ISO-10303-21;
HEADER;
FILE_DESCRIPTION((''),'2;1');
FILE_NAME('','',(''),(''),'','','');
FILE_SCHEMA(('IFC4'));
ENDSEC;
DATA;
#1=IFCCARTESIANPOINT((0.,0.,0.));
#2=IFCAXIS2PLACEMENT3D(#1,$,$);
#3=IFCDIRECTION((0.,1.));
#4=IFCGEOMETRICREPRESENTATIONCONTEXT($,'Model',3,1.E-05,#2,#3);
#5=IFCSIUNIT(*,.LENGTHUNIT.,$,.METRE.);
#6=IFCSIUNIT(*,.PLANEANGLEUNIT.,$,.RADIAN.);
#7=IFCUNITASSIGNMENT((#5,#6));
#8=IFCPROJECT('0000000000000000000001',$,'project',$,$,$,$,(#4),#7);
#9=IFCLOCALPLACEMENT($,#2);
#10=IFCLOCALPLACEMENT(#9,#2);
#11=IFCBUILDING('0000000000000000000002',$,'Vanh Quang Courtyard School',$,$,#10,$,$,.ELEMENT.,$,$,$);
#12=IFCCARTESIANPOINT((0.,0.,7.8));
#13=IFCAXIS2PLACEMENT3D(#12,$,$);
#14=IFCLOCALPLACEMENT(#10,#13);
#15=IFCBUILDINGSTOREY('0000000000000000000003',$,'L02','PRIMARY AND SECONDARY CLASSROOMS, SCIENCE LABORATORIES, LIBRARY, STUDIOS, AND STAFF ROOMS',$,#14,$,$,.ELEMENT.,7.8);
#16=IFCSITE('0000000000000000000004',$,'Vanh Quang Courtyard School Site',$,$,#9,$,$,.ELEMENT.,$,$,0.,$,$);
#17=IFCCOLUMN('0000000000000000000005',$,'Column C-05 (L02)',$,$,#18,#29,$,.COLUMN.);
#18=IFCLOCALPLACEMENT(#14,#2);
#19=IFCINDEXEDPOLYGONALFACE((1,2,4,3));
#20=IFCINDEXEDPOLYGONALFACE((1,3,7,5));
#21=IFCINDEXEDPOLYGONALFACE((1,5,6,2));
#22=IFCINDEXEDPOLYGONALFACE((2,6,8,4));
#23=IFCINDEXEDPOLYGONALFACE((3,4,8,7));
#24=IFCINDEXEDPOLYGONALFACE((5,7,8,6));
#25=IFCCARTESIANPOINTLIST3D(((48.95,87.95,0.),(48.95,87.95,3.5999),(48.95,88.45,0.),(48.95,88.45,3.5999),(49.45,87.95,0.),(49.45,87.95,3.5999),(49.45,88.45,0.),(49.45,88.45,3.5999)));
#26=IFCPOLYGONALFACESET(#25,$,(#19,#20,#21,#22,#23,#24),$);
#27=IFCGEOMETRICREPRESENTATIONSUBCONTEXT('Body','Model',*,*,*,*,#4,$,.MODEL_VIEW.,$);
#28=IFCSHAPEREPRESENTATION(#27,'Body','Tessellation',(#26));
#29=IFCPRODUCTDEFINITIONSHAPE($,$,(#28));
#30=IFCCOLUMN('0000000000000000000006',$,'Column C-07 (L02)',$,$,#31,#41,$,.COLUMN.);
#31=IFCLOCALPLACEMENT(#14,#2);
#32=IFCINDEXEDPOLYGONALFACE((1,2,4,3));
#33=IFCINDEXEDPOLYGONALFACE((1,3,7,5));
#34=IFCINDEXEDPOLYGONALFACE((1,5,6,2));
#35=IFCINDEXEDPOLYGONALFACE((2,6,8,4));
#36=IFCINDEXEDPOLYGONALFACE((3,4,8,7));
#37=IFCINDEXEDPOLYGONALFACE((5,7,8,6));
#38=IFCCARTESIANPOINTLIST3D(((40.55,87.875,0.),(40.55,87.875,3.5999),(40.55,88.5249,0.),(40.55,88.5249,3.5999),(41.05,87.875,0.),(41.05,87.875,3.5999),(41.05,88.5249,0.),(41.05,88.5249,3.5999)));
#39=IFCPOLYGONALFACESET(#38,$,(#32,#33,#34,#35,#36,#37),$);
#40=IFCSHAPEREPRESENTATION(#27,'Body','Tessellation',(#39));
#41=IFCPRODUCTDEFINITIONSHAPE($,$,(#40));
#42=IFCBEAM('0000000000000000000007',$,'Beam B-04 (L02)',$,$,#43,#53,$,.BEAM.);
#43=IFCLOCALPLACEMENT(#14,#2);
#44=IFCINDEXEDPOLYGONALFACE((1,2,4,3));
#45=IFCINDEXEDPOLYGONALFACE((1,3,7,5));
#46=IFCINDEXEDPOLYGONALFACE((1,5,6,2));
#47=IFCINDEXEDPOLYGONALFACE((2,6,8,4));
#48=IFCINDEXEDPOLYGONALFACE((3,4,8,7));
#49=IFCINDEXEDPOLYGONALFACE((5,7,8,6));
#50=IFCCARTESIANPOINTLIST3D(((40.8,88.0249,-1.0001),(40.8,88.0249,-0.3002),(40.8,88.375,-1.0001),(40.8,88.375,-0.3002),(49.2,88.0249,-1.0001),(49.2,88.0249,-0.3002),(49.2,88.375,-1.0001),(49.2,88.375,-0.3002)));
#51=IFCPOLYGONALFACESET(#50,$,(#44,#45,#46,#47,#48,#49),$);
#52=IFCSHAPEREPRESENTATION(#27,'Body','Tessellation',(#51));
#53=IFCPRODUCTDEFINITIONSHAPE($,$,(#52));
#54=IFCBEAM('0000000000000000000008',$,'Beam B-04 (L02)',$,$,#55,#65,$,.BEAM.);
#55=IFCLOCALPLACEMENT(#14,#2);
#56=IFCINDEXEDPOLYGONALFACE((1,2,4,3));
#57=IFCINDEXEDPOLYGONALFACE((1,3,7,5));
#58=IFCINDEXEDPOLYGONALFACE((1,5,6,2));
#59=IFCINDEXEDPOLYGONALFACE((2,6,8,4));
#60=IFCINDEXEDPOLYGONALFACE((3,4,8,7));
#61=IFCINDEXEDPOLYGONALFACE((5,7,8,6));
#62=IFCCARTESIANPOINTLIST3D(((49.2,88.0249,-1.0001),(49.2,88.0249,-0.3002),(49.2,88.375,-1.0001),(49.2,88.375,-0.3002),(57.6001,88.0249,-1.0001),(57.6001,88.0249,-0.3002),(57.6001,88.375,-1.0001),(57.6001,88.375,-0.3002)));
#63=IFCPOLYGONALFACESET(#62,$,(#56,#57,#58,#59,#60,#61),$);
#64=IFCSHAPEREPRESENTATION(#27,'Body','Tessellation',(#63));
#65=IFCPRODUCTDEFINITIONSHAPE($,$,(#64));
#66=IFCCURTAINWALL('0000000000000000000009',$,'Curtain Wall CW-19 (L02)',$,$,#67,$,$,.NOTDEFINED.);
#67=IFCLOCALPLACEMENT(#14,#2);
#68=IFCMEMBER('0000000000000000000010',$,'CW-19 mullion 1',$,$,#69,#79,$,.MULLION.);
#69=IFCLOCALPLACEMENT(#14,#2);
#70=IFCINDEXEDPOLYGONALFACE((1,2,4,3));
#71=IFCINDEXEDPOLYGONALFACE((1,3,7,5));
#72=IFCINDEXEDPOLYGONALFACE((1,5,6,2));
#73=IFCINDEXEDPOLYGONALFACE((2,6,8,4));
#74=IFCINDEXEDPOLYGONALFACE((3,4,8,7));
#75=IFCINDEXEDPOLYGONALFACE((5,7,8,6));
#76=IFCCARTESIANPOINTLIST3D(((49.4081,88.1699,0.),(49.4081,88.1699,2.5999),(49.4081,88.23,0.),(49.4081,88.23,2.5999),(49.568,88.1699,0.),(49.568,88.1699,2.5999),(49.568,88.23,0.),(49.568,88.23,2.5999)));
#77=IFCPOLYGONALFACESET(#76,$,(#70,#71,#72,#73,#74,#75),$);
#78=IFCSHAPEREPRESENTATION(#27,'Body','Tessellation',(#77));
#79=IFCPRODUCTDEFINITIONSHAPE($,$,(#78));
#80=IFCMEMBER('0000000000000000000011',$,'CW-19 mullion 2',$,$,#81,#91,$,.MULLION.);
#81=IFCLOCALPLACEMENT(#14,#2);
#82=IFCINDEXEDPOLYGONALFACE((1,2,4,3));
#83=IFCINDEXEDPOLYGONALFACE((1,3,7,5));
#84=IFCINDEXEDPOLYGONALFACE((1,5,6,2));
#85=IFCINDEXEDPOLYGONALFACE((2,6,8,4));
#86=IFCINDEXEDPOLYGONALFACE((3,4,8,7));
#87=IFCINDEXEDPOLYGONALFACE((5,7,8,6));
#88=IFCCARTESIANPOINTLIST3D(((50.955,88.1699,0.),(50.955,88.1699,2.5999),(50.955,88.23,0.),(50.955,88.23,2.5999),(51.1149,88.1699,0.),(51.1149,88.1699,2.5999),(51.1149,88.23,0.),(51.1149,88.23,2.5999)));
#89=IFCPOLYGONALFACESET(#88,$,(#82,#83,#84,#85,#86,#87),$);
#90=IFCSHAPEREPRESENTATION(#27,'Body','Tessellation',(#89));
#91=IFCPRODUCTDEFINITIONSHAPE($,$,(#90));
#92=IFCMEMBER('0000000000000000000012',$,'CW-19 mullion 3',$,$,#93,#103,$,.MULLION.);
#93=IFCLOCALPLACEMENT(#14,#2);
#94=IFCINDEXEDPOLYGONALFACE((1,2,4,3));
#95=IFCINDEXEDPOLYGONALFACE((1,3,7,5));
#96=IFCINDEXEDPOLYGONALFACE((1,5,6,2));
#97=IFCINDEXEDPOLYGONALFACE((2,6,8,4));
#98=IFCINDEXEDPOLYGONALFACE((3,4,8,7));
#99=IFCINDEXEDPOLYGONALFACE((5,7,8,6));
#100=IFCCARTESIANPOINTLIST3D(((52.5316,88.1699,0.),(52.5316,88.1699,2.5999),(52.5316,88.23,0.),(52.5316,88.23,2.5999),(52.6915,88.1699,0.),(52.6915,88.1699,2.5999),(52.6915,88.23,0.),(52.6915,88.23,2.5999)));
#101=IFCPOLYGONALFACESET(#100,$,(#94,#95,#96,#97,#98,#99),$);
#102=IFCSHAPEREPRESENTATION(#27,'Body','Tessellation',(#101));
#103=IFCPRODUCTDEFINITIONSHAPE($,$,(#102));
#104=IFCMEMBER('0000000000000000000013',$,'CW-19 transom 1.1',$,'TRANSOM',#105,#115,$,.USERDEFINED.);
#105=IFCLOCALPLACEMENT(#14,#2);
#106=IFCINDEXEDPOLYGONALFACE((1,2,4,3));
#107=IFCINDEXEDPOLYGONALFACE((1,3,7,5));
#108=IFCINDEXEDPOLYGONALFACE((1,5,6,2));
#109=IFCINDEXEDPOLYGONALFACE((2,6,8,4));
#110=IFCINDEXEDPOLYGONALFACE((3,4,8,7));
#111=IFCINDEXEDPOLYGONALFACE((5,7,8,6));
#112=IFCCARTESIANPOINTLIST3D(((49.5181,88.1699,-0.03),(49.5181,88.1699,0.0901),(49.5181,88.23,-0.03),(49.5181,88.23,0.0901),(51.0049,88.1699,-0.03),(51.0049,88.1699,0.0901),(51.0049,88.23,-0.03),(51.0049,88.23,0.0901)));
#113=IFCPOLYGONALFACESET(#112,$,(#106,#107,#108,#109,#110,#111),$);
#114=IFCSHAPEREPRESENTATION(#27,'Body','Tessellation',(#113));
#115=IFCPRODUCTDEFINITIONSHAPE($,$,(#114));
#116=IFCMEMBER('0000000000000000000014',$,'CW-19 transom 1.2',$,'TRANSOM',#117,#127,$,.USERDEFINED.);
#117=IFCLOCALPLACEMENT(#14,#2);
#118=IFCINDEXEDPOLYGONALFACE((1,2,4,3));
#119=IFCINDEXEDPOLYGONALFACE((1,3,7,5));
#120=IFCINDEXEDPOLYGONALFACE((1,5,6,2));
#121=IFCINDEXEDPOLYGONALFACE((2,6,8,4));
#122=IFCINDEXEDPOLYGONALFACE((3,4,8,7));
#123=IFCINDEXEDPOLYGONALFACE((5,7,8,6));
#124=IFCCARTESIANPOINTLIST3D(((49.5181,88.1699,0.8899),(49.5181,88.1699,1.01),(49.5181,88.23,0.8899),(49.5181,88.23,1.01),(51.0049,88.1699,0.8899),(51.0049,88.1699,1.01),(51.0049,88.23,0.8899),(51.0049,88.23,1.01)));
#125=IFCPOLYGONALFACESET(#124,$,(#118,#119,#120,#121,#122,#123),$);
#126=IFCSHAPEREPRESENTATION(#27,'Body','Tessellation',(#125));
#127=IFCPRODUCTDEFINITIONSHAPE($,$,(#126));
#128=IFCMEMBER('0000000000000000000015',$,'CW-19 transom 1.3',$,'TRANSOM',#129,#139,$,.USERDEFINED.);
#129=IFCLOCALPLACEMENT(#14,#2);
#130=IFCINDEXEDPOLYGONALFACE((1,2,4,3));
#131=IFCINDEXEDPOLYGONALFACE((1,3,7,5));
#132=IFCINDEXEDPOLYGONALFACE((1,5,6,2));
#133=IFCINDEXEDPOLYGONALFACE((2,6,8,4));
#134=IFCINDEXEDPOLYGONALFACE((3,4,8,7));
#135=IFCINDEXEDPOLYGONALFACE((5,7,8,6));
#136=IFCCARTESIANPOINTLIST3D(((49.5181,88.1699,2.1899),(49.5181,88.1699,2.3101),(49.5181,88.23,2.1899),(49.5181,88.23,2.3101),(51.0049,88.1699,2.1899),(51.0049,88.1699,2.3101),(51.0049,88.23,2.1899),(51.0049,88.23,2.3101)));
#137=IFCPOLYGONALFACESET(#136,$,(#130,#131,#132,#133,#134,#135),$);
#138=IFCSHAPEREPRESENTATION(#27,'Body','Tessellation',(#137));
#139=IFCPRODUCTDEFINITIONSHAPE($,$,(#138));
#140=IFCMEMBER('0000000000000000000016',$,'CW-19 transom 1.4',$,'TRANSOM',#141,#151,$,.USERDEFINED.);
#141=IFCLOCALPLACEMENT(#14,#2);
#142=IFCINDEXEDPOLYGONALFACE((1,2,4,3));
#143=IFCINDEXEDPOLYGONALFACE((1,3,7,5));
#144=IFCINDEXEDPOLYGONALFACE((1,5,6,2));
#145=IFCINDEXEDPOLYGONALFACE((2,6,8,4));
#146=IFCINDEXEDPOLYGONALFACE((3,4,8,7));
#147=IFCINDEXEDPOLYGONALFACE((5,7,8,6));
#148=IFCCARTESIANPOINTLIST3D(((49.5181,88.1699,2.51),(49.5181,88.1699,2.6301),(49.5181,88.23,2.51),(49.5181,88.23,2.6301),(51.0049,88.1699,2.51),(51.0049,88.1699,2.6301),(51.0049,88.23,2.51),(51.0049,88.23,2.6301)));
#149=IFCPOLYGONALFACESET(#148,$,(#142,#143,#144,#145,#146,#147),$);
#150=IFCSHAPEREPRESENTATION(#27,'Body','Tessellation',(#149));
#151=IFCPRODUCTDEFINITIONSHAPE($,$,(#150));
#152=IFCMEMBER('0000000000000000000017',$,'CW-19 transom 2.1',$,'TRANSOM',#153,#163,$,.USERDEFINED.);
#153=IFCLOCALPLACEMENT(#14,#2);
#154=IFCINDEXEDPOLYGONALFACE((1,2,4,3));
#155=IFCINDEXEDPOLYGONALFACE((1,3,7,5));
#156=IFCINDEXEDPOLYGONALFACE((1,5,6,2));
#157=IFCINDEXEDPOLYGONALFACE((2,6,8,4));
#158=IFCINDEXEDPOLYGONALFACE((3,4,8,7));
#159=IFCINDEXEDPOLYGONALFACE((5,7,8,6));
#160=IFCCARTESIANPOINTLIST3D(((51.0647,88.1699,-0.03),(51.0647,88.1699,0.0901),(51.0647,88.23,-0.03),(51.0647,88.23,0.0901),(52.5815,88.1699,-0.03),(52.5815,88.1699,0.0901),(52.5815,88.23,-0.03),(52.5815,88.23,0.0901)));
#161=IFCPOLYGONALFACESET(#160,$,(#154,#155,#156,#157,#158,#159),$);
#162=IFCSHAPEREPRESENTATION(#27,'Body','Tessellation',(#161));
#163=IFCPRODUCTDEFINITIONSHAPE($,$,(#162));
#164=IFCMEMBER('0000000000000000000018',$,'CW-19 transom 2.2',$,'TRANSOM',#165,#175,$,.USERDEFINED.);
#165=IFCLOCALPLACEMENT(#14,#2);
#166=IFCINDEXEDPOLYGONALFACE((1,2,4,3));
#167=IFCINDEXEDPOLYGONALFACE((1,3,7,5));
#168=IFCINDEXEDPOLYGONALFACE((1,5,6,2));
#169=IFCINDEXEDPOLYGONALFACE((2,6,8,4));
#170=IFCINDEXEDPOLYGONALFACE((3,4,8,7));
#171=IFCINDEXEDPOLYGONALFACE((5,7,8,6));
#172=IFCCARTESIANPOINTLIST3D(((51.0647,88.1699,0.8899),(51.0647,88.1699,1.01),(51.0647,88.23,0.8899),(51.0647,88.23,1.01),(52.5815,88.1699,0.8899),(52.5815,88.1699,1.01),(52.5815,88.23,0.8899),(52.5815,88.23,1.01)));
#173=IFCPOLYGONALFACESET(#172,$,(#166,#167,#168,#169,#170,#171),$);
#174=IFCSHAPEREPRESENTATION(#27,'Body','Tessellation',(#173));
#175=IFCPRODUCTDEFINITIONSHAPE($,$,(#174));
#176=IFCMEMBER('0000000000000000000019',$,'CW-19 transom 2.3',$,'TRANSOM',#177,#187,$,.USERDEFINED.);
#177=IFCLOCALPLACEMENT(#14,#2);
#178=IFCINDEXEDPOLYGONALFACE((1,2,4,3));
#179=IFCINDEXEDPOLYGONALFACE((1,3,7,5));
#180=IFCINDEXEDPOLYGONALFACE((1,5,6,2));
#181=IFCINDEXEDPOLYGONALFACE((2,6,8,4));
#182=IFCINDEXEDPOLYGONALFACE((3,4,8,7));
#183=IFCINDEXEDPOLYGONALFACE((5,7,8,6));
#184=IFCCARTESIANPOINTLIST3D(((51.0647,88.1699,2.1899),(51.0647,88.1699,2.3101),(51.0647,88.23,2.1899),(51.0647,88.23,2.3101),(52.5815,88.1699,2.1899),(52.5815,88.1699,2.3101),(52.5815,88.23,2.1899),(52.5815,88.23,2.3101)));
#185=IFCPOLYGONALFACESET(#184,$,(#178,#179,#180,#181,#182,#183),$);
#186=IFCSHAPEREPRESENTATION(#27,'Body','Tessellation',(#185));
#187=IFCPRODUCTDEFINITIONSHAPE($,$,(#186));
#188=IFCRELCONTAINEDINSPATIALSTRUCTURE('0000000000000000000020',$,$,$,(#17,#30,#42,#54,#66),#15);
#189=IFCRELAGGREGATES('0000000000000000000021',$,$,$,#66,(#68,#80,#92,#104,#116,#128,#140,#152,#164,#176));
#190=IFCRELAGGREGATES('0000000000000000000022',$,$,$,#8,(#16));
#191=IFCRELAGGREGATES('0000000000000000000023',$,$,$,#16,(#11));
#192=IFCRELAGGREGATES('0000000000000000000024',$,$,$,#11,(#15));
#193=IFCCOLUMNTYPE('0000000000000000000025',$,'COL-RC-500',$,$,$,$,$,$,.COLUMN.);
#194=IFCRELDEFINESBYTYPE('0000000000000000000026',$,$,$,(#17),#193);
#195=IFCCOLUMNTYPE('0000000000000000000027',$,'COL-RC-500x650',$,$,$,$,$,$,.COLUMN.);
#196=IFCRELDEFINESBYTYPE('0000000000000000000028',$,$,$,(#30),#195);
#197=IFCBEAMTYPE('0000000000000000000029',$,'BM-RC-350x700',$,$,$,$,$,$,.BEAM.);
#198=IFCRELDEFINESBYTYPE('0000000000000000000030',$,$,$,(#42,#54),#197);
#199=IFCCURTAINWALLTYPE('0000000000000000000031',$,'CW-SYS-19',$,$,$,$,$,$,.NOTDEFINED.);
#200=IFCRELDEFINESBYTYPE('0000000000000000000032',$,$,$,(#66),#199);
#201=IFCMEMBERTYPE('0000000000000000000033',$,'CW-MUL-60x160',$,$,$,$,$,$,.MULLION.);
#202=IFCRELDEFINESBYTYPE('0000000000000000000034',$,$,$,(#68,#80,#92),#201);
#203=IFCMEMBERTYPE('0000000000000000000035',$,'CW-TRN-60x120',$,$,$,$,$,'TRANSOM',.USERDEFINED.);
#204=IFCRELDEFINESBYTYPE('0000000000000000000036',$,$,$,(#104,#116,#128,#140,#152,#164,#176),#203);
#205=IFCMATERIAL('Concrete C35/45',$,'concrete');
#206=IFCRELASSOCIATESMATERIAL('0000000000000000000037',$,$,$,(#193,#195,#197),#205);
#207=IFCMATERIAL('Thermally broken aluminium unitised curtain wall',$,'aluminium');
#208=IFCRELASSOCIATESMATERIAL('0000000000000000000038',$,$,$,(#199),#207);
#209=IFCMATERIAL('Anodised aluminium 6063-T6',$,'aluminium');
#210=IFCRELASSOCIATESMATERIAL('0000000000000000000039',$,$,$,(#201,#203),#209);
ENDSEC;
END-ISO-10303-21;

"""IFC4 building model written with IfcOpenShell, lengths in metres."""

from ifc_helpers import new_model, si_unit, direction, frame, origin, origin_2d, place, context, subcontext, project, spatial, rectangle, extrude, material, material_profile, profile_set, type_object, element, aggregate, save


model = new_model("IFC4")

# Units and contexts
model_context = context("Model", 3, precision=1e-05, world=origin(), true_north=direction((0.0, 1.0)))
body_context = subcontext(model_context, "Body", "Model", "MODEL_VIEW")
ifc_project = project(units=[si_unit("LENGTHUNIT", "METRE"), si_unit("PLANEANGLEUNIT", "RADIAN")], contexts=[model_context])

# Site, building, storey
site_placement = place(None, origin())
site = spatial("IfcSite", under=ifc_project, at=site_placement, Name="Vanh Quang Courtyard School Site", CompositionType="ELEMENT", RefElevation=0.0)
building_placement = place(site_placement, origin())
building = spatial("IfcBuilding", under=site, at=building_placement, Name="Vanh Quang Courtyard School", CompositionType="ELEMENT")
storey_placement = place(building_placement, frame((0.0, 0.0, 7.8)))
storey = spatial("IfcBuildingStorey", under=building, at=storey_placement, Name="L02", Description="PRIMARY AND SECONDARY CLASSROOMS, SCIENCE LABORATORIES, LIBRARY, STUDIOS, AND STAFF ROOMS", CompositionType="ELEMENT", Elevation=7.8)

# Columns
ifc_material_1 = material(Name="Concrete C35/45", Category="concrete")
ifc_material_profile_1 = material_profile(ifc_material_1, rectangle(XDim=0.5, YDim=0.5, at=origin_2d()), Name="RC-COL 500x500")
ifc_profile_set_1 = profile_set([ifc_material_profile_1], Name="Concrete C35/45")
column_type_1 = type_object("IfcColumnType", Name="COL-RC-500", PredefinedType="COLUMN", material=ifc_profile_set_1)
column_1_placement = place(storey_placement, frame((49.2, 88.2, 0.0), z_axis=(0.0, 0.0, 1.0), x_axis=(1.0, 0.0, 0.0)))
element("IfcColumn", 1, at=column_1_placement, inside=storey, type_object=column_type_1, Name="Column C-05 (L02)", PredefinedType="COLUMN", context=body_context, shape_type="SweptSolid", body=[
    extrude(rectangle(XDim=0.5, YDim=0.5, at=origin_2d()), origin(), (0.0, 0.0, 1.0), 3.5999),
])
ifc_material_profile_2 = material_profile(ifc_material_1, rectangle(XDim=0.5, YDim=0.6499, at=origin_2d()), Name="RC-COL 500x650")
ifc_profile_set_2 = profile_set([ifc_material_profile_2], Name="Concrete C35/45")
column_type_2 = type_object("IfcColumnType", Name="COL-RC-500x650", PredefinedType="COLUMN", material=ifc_profile_set_2)
column_2_placement = place(storey_placement, frame((40.8, 88.2, 0.0), z_axis=(0.0, 0.0, 1.0), x_axis=(1.0, 0.0, 0.0)))
element("IfcColumn", 2, at=column_2_placement, inside=storey, type_object=column_type_2, Name="Column C-07 (L02)", PredefinedType="COLUMN", context=body_context, shape_type="SweptSolid", body=[
    extrude(rectangle(XDim=0.5, YDim=0.6499, at=origin_2d()), origin(), (0.0, 0.0, 1.0), 3.5999),
])

# Beams
ifc_material_profile_3 = material_profile(ifc_material_1, rectangle(XDim=0.3501, YDim=0.7, at=origin_2d()), Name="RC-BM 350x700")
ifc_profile_set_3 = profile_set([ifc_material_profile_3], Name="Concrete C35/45")
beam_type = type_object("IfcBeamType", Name="BM-RC-350x700", PredefinedType="BEAM", material=ifc_profile_set_3)
beam_1_placement = place(storey_placement, frame((40.8, 88.2, -0.6501), z_axis=(1.0, 0.0, 0.0), x_axis=(0.0, 1.0, 0.0)))
element("IfcBeam", 3, at=beam_1_placement, inside=storey, type_object=beam_type, Name="Beam B-04 (L02)", PredefinedType="BEAM", context=body_context, shape_type="SweptSolid", body=[
    extrude(rectangle(XDim=0.3501, YDim=0.7, at=origin_2d()), origin(), (0.0, 0.0, 1.0), 8.3999),
])
beam_2_placement = place(storey_placement, frame((49.2, 88.2, -0.6501), z_axis=(1.0, 0.0, 0.0), x_axis=(0.0, 1.0, 0.0)))
element("IfcBeam", 4, at=beam_2_placement, inside=storey, type_object=beam_type, Name="Beam B-04 (L02)", PredefinedType="BEAM", context=body_context, shape_type="SweptSolid", body=[
    extrude(rectangle(XDim=0.3501, YDim=0.7, at=origin_2d()), origin(), (0.0, 0.0, 1.0), 8.4001),
])

# Curtain wall, members
ifc_material_2 = material(Name="Thermally broken aluminium unitised curtain wall", Category="aluminium")
curtain_wall_type = type_object("IfcCurtainWallType", Name="CW-SYS-19", PredefinedType="NOTDEFINED", material=ifc_material_2)
curtain_wall_placement = place(storey_placement, origin())
curtain_wall = element("IfcCurtainWall", 5, at=curtain_wall_placement, inside=storey, type_object=curtain_wall_type, Name="Curtain Wall CW-19 (L02)", PredefinedType="NOTDEFINED")
ifc_material_3 = material(Name="Anodised aluminium 6063-T6", Category="aluminium")
ifc_material_profile_4 = material_profile(ifc_material_3, rectangle(XDim=0.0601, YDim=0.1599, at=origin_2d()), Name="ALU-MUL 60x160")
ifc_profile_set_4 = profile_set([ifc_material_profile_4], Name="Anodised aluminium 6063-T6")
member_type_1 = type_object("IfcMemberType", Name="CW-MUL-60x160", PredefinedType="MULLION", material=ifc_profile_set_4)
member_1_placement = place(storey_placement, frame((49.488, 88.2, 0.0), z_axis=(0.0, 0.0, 1.0), x_axis=(0.0, 1.0, 0.0)))
member_1 = element("IfcMember", 6, at=member_1_placement, type_object=member_type_1, Name="CW-19 mullion 1", PredefinedType="MULLION", context=body_context, shape_type="SweptSolid", body=[
    extrude(rectangle(XDim=0.0601, YDim=0.1599, at=origin_2d()), origin(), (0.0, 0.0, 1.0), 2.5999),
])
member_2_placement = place(storey_placement, frame((51.0349, 88.2, 0.0), z_axis=(0.0, 0.0, 1.0), x_axis=(0.0, 1.0, 0.0)))
member_2 = element("IfcMember", 7, at=member_2_placement, type_object=member_type_1, Name="CW-19 mullion 2", PredefinedType="MULLION", context=body_context, shape_type="SweptSolid", body=[
    extrude(rectangle(XDim=0.0601, YDim=0.1599, at=origin_2d()), origin(), (0.0, 0.0, 1.0), 2.5999),
])
member_3_placement = place(storey_placement, frame((52.6116, 88.2, 0.0), z_axis=(0.0, 0.0, 1.0), x_axis=(0.0, 1.0, 0.0)))
member_3 = element("IfcMember", 8, at=member_3_placement, type_object=member_type_1, Name="CW-19 mullion 3", PredefinedType="MULLION", context=body_context, shape_type="SweptSolid", body=[
    extrude(rectangle(XDim=0.0601, YDim=0.1599, at=origin_2d()), origin(), (0.0, 0.0, 1.0), 2.5999),
])
ifc_material_profile_5 = material_profile(ifc_material_3, rectangle(XDim=0.0601, YDim=0.1201, at=origin_2d()), Name="ALU-TRN 60x120")
ifc_profile_set_5 = profile_set([ifc_material_profile_5], Name="Anodised aluminium 6063-T6")
member_type_2 = type_object("IfcMemberType", Name="CW-TRN-60x120", ElementType="TRANSOM", PredefinedType="USERDEFINED", material=ifc_profile_set_5)
member_4_placement = place(storey_placement, frame((49.5181, 88.2, 0.03), z_axis=(1.0, 0.0, 0.0), x_axis=(0.0, 1.0, 0.0)))
member_4 = element("IfcMember", 9, at=member_4_placement, type_object=member_type_2, Name="CW-19 transom 1.1", ObjectType="TRANSOM", PredefinedType="USERDEFINED", context=body_context, shape_type="SweptSolid", body=[
    extrude(rectangle(XDim=0.0601, YDim=0.1201, at=origin_2d()), origin(), (0.0, 0.0, 1.0), 1.4868),
])
member_5_placement = place(storey_placement, frame((49.5181, 88.2, 0.95), z_axis=(1.0, 0.0, 0.0), x_axis=(0.0, 1.0, 0.0)))
member_5 = element("IfcMember", 10, at=member_5_placement, type_object=member_type_2, Name="CW-19 transom 1.2", ObjectType="TRANSOM", PredefinedType="USERDEFINED", context=body_context, shape_type="SweptSolid", body=[
    extrude(rectangle(XDim=0.0601, YDim=0.1201, at=origin_2d()), origin(), (0.0, 0.0, 1.0), 1.4868),
])
member_6_placement = place(storey_placement, frame((49.5181, 88.2, 2.25), z_axis=(1.0, 0.0, 0.0), x_axis=(0.0, 1.0, 0.0)))
member_6 = element("IfcMember", 11, at=member_6_placement, type_object=member_type_2, Name="CW-19 transom 1.3", ObjectType="TRANSOM", PredefinedType="USERDEFINED", context=body_context, shape_type="SweptSolid", body=[
    extrude(rectangle(XDim=0.0601, YDim=0.1201, at=origin_2d()), origin(), (0.0, 0.0, 1.0), 1.4868),
])
member_7_placement = place(storey_placement, frame((49.5181, 88.2, 2.5701), z_axis=(1.0, 0.0, 0.0), x_axis=(0.0, 1.0, 0.0)))
member_7 = element("IfcMember", 12, at=member_7_placement, type_object=member_type_2, Name="CW-19 transom 1.4", ObjectType="TRANSOM", PredefinedType="USERDEFINED", context=body_context, shape_type="SweptSolid", body=[
    extrude(rectangle(XDim=0.0601, YDim=0.1201, at=origin_2d()), origin(), (0.0, 0.0, 1.0), 1.4868),
])
member_8_placement = place(storey_placement, frame((51.0647, 88.2, 0.03), z_axis=(1.0, 0.0, 0.0), x_axis=(0.0, 1.0, 0.0)))
member_8 = element("IfcMember", 13, at=member_8_placement, type_object=member_type_2, Name="CW-19 transom 2.1", ObjectType="TRANSOM", PredefinedType="USERDEFINED", context=body_context, shape_type="SweptSolid", body=[
    extrude(rectangle(XDim=0.0601, YDim=0.1201, at=origin_2d()), origin(), (0.0, 0.0, 1.0), 1.5168),
])
member_9_placement = place(storey_placement, frame((51.0647, 88.2, 0.95), z_axis=(1.0, 0.0, 0.0), x_axis=(0.0, 1.0, 0.0)))
member_9 = element("IfcMember", 14, at=member_9_placement, type_object=member_type_2, Name="CW-19 transom 2.2", ObjectType="TRANSOM", PredefinedType="USERDEFINED", context=body_context, shape_type="SweptSolid", body=[
    extrude(rectangle(XDim=0.0601, YDim=0.1201, at=origin_2d()), origin(), (0.0, 0.0, 1.0), 1.5168),
])
member_10_placement = place(storey_placement, frame((51.0647, 88.2, 2.25), z_axis=(1.0, 0.0, 0.0), x_axis=(0.0, 1.0, 0.0)))
member_10 = element("IfcMember", 15, at=member_10_placement, type_object=member_type_2, Name="CW-19 transom 2.3", ObjectType="TRANSOM", PredefinedType="USERDEFINED", context=body_context, shape_type="SweptSolid", body=[
    extrude(rectangle(XDim=0.0601, YDim=0.1201, at=origin_2d()), origin(), (0.0, 0.0, 1.0), 1.5168),
])
aggregate(curtain_wall, [member_1, member_2, member_3, member_4, member_5, member_6, member_7, member_8, member_9, member_10])

save(model, "model.ifc")
